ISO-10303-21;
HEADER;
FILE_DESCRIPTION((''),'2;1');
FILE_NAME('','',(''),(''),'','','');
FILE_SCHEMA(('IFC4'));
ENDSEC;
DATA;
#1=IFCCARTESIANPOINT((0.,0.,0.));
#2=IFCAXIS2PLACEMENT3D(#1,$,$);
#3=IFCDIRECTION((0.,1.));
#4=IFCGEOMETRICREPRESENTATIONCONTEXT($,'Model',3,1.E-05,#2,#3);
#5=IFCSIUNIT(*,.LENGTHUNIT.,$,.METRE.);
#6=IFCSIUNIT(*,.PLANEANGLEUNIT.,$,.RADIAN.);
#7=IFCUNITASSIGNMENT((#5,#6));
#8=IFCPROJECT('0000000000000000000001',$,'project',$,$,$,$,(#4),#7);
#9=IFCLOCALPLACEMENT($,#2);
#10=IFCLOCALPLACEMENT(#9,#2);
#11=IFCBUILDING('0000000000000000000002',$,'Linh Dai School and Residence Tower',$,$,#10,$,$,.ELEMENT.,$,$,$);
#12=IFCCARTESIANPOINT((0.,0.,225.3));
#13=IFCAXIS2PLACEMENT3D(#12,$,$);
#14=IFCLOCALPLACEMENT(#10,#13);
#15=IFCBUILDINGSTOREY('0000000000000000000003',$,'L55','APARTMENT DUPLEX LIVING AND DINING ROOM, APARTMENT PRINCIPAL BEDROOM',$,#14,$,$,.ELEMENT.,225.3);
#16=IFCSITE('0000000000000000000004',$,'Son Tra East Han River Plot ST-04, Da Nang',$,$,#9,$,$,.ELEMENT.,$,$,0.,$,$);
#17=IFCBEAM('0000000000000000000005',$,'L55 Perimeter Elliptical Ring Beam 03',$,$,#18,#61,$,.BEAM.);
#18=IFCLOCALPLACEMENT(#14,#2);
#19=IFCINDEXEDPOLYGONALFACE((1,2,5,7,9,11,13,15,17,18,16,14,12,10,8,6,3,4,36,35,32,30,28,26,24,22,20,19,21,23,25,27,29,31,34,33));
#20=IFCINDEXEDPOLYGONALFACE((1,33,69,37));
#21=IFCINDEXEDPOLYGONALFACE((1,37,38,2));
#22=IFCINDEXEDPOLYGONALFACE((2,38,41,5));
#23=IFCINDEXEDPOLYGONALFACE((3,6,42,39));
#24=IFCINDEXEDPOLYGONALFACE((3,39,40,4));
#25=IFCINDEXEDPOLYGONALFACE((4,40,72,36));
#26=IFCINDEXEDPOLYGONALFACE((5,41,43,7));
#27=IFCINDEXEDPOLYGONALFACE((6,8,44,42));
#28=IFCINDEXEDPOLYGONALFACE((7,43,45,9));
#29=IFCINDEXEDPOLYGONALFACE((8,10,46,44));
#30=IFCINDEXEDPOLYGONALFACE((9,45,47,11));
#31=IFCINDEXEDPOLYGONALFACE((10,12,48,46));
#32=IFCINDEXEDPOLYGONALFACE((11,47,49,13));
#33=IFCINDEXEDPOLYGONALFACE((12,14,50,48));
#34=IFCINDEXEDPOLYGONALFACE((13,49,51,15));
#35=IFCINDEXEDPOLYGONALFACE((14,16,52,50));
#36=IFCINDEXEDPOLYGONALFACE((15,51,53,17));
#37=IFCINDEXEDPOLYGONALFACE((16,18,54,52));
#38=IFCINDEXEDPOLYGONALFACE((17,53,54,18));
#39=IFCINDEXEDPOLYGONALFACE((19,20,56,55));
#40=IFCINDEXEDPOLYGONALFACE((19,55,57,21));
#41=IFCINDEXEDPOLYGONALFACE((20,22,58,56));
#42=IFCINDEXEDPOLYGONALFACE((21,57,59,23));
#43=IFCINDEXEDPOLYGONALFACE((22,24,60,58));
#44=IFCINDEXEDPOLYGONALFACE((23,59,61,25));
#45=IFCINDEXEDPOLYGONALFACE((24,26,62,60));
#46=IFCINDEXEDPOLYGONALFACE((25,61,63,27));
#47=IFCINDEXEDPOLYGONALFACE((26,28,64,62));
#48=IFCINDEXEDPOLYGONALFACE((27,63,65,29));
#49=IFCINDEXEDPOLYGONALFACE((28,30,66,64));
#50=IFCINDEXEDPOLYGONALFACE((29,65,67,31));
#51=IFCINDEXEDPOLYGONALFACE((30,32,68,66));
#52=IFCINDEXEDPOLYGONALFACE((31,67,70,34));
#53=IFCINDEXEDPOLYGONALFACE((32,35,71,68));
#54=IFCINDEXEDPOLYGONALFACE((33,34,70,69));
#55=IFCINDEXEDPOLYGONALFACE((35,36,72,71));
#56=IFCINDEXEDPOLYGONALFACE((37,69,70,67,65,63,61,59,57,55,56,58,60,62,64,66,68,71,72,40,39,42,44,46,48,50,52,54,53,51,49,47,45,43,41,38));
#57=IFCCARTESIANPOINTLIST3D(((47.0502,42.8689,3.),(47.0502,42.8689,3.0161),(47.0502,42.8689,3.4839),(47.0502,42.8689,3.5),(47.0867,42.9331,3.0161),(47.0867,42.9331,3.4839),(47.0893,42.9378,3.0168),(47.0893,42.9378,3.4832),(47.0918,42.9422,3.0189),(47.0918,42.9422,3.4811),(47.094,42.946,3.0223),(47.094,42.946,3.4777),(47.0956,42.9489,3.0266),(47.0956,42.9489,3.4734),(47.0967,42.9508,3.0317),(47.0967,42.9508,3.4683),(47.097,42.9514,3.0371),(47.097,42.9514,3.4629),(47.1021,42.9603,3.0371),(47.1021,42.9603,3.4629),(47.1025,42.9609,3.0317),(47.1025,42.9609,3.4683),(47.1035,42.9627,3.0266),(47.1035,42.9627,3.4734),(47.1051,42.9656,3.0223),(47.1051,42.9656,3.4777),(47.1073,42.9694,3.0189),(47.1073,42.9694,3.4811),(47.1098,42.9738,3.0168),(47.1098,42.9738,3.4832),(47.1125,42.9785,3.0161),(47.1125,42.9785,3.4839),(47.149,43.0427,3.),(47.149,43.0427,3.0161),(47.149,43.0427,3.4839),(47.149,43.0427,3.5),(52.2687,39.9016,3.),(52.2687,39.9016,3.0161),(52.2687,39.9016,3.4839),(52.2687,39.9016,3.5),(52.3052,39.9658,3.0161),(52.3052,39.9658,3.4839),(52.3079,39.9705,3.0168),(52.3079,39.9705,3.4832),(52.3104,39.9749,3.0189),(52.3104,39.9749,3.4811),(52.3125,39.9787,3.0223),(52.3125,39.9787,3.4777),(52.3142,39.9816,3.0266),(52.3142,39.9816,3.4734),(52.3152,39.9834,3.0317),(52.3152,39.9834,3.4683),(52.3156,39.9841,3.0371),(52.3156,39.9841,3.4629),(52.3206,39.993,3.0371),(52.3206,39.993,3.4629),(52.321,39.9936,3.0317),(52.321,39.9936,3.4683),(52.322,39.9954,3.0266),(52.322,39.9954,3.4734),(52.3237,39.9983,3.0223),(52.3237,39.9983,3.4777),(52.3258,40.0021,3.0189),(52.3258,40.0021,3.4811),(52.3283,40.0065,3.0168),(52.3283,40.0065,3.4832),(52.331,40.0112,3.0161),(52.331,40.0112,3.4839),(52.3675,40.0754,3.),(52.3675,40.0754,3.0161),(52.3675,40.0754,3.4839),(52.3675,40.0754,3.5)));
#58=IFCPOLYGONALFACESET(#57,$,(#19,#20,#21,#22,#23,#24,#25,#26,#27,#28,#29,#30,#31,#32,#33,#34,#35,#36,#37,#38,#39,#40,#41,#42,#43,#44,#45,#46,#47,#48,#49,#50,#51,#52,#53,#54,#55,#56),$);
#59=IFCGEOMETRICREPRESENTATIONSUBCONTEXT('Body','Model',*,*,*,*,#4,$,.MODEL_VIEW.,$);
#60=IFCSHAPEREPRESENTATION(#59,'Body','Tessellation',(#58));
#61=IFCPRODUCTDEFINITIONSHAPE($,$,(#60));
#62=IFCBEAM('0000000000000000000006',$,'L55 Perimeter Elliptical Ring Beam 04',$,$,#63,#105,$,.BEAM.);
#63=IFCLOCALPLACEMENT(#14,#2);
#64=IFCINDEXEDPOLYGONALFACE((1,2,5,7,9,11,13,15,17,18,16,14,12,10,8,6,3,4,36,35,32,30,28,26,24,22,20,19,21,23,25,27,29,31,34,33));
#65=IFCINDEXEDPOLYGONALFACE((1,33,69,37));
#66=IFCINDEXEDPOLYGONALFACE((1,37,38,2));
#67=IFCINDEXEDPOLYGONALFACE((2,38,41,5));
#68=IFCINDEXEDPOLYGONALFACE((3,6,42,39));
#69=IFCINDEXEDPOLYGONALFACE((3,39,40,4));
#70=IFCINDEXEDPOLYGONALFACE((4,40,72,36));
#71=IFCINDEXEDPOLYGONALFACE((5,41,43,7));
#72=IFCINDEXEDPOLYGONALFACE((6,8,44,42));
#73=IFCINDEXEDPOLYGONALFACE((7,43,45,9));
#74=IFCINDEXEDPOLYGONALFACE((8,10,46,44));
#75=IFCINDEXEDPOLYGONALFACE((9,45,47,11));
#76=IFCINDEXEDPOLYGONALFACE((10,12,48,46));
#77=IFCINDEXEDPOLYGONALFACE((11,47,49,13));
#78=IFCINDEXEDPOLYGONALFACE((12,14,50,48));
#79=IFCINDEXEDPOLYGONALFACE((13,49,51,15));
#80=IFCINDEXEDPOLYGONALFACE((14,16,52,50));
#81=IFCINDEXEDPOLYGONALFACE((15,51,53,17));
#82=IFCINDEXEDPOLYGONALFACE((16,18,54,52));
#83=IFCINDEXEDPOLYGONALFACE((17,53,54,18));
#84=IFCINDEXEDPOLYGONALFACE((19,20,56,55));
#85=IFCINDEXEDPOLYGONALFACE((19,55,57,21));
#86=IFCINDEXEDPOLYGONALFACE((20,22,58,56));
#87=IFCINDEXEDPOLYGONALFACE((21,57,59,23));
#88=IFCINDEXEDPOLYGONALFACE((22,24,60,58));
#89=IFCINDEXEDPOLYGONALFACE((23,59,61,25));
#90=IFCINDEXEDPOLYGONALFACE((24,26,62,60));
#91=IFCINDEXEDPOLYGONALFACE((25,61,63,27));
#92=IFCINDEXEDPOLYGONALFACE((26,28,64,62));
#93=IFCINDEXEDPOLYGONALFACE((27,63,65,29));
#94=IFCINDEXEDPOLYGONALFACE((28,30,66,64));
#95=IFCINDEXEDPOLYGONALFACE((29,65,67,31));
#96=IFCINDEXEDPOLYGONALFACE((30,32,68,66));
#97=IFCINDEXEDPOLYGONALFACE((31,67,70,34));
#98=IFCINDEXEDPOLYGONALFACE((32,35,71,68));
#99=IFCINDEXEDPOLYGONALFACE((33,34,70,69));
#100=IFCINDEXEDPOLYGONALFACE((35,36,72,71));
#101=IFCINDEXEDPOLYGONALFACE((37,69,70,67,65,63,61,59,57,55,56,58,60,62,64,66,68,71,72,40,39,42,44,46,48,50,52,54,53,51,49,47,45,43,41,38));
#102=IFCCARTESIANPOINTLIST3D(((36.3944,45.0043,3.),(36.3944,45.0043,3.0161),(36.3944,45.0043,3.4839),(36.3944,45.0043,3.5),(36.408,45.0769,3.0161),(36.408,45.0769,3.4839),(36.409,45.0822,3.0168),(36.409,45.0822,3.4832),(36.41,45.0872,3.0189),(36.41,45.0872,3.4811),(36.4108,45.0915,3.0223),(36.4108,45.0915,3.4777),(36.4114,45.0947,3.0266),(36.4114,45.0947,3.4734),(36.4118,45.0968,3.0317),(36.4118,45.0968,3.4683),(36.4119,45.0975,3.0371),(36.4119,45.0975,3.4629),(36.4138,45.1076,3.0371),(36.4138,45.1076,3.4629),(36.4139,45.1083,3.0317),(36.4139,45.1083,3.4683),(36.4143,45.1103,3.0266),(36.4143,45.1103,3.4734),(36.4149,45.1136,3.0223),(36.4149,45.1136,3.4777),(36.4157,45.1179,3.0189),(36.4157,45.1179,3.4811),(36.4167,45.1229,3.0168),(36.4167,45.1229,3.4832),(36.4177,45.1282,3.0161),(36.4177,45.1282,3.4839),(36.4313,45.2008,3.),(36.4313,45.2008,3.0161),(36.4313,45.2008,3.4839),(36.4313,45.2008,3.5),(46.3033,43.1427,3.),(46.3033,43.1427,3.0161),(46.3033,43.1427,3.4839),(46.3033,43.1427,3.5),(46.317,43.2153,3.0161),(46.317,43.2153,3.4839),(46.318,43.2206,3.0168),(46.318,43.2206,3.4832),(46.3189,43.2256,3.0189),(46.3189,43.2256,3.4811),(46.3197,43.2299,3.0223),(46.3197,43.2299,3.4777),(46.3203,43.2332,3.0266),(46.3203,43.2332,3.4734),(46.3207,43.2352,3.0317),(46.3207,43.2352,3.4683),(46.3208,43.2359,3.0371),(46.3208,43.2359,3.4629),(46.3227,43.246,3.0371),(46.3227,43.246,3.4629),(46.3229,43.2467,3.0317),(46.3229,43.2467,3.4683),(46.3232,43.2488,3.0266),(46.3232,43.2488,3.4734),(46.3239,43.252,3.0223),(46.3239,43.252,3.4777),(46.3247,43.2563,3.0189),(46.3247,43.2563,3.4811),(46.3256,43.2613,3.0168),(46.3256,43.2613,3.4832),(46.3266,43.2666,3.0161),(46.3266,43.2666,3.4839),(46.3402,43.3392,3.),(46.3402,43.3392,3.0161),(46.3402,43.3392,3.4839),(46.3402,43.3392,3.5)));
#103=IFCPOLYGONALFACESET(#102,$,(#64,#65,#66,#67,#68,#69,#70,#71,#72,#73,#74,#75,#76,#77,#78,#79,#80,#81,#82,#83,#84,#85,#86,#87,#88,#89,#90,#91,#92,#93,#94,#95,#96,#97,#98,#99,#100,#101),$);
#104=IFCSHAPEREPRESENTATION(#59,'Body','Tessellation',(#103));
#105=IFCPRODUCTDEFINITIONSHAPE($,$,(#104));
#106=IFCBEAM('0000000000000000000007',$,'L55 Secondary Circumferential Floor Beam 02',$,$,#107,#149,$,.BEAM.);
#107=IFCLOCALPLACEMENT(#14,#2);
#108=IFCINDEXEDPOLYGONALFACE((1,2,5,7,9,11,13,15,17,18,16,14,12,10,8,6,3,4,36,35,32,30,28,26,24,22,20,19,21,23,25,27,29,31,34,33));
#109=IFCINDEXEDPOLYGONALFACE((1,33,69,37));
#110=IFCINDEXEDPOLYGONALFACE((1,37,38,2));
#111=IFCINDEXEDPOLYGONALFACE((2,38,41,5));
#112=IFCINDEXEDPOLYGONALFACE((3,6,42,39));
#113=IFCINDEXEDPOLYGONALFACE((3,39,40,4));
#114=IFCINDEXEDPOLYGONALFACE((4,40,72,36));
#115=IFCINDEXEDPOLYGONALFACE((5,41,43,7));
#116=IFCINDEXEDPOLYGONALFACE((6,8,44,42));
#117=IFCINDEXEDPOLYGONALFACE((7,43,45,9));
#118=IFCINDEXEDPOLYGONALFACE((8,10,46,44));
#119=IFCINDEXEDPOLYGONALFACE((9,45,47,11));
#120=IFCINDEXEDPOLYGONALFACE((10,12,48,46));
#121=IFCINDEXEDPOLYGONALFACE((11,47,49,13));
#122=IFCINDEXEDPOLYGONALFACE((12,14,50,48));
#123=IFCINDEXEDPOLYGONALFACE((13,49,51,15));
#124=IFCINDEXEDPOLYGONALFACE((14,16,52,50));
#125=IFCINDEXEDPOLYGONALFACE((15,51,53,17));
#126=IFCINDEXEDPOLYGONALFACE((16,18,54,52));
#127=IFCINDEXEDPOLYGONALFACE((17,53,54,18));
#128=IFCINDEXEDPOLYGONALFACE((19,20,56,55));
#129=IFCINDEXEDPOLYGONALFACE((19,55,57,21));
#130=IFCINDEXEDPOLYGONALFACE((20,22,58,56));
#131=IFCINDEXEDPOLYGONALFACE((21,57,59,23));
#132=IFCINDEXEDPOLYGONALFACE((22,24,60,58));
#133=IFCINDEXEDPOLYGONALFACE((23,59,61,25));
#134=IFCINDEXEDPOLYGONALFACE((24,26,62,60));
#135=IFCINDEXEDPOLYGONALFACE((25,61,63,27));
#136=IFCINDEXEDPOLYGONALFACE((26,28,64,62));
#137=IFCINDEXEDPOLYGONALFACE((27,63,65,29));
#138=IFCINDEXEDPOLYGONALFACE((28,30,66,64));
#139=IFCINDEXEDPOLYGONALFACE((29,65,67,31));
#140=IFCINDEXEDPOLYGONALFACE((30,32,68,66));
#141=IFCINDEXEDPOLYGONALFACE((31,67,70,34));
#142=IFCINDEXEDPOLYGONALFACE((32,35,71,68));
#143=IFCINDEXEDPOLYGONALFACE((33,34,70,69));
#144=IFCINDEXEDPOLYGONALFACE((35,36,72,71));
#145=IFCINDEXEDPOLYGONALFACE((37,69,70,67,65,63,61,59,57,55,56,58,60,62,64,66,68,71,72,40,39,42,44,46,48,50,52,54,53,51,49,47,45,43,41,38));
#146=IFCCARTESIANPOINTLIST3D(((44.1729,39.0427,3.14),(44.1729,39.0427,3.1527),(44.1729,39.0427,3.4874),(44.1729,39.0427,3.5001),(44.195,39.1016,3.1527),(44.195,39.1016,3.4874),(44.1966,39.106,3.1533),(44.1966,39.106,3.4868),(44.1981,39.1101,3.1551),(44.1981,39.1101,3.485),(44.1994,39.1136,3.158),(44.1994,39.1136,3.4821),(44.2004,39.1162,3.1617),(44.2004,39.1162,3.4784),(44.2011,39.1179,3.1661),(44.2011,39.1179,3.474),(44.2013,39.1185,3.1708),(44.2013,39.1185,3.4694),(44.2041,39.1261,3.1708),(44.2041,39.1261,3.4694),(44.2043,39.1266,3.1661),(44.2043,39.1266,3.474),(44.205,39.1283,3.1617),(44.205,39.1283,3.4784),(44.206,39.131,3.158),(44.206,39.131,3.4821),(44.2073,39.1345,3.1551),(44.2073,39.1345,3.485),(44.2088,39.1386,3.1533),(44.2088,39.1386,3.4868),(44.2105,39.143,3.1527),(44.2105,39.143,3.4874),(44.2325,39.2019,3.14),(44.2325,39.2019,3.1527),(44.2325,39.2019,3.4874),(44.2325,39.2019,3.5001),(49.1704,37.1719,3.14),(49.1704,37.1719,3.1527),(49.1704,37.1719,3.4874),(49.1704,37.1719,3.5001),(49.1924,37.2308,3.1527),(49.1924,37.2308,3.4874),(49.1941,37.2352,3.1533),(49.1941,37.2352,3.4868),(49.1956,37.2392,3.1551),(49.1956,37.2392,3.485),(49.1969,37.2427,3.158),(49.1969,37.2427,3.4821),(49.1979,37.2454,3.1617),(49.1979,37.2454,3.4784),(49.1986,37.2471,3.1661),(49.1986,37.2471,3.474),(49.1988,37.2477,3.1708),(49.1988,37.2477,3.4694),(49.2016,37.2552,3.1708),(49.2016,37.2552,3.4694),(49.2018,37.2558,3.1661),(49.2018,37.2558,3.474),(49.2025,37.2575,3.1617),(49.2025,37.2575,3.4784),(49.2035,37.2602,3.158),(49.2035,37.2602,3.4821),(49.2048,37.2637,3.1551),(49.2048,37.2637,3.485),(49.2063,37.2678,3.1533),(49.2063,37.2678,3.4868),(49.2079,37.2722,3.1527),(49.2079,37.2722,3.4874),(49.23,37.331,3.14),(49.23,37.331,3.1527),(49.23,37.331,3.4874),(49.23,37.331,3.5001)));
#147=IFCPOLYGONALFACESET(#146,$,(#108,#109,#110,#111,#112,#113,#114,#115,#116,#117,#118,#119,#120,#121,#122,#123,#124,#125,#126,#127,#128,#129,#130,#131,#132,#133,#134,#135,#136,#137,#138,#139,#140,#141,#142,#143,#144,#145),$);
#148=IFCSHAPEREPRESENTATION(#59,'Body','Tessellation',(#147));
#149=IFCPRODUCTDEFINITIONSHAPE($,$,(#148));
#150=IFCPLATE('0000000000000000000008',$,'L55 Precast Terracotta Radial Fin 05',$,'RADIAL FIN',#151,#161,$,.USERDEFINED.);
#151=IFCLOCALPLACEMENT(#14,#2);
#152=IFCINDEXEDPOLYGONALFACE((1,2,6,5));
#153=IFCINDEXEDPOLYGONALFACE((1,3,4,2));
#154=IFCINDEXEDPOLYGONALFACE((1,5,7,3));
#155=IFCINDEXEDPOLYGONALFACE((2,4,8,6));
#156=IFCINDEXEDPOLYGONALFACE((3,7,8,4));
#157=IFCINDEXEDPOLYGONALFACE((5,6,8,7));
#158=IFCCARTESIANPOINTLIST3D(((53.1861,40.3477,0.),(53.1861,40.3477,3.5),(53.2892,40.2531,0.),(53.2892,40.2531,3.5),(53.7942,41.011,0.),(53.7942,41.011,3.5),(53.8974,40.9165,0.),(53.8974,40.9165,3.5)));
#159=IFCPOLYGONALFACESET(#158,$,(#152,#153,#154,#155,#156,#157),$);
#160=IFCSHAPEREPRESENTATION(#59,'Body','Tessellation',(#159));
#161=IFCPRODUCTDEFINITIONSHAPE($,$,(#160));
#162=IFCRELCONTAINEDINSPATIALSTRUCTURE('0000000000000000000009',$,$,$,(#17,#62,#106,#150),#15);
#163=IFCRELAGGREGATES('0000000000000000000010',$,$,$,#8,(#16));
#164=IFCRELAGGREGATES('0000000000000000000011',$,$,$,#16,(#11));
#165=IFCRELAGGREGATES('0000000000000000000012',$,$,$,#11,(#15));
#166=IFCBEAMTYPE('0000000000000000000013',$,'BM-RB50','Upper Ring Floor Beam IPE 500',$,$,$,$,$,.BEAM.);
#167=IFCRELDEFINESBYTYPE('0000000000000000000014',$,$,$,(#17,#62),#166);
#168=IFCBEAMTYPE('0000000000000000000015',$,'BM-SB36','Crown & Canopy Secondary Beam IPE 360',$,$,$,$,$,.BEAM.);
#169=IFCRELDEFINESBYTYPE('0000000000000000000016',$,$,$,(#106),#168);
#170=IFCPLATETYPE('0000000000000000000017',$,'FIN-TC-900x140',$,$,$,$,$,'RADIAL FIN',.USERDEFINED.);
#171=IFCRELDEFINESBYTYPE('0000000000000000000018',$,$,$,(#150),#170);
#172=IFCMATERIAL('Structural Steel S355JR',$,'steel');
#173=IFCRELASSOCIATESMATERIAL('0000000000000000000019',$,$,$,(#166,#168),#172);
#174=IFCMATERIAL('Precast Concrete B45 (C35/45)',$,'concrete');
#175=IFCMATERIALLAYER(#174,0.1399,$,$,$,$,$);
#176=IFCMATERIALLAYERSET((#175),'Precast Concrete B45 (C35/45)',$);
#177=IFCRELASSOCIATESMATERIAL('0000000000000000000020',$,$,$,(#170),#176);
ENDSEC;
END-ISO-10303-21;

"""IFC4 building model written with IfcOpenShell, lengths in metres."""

from ifc_helpers import new_model, si_unit, direction, frame, origin, origin_2d, place, context, subcontext, project, spatial, rectangle, i_section, extrude, source, transform, mapped, material, layer, layer_set, material_profile, profile_set, type_object, element, save


model = new_model("IFC4")

# Units and contexts
model_context = context("Model", 3, precision=1e-05, world=origin(), true_north=direction((0.0, 1.0)))
body_context = subcontext(model_context, "Body", "Model", "MODEL_VIEW")
ifc_project = project(units=[si_unit("LENGTHUNIT", "METRE"), si_unit("PLANEANGLEUNIT", "RADIAN")], contexts=[model_context])

# Site, building, storey
site_placement = place(None, origin())
site = spatial("IfcSite", under=ifc_project, at=site_placement, Name="Son Tra East Han River Plot ST-04, Da Nang", CompositionType="ELEMENT", RefElevation=0.0)
building_placement = place(site_placement, origin())
building = spatial("IfcBuilding", under=site, at=building_placement, Name="Linh Dai School and Residence Tower", CompositionType="ELEMENT")
storey_placement = place(building_placement, frame((0.0, 0.0, 225.3)))
storey = spatial("IfcBuildingStorey", under=building, at=storey_placement, Name="L55", Description="APARTMENT DUPLEX LIVING AND DINING ROOM, APARTMENT PRINCIPAL BEDROOM", CompositionType="ELEMENT", Elevation=225.3)

# Shared definitions
ifc_material_1 = material(Name="Structural Steel S355JR", Category="steel")

# Beams
ifc_material_profile_1 = material_profile(ifc_material_1, i_section(OverallWidth=0.2, OverallDepth=0.5, WebThickness=0.0103, FlangeThickness=0.0161, FilletRadius=0.021, at=origin_2d()), Name="IPE 500")
ifc_profile_set_1 = profile_set([ifc_material_profile_1], Name="Structural Steel S355JR")
beam_type_1 = type_object("IfcBeamType", Name="BM-RB50", Description="Upper Ring Floor Beam IPE 500", PredefinedType="BEAM", material=ifc_profile_set_1)
beam_1_placement = place(storey_placement, frame((52.3181, 39.9885, 3.25), z_axis=(-0.869297, 0.49429, 0.0), x_axis=(-0.49429, -0.869297, 0.0)))
element("IfcBeam", 1, at=beam_1_placement, inside=storey, type_object=beam_type_1, Name="L55 Perimeter Elliptical Ring Beam 03", PredefinedType="BEAM", context=body_context, shape_type="SweptSolid", body=[
    extrude(i_section(OverallWidth=0.2, OverallDepth=0.5, WebThickness=0.0103, FlangeThickness=0.0161, FilletRadius=0.021, at=origin_2d()), origin(), (0.0, 0.0, 1.0), 6.0032),
])
beam_2_placement = place(storey_placement, frame((46.3218, 43.241, 3.25), z_axis=(-0.982807, 0.184638, 0.0), x_axis=(-0.184638, -0.982807, 0.0)))
element("IfcBeam", 2, at=beam_2_placement, inside=storey, type_object=beam_type_1, Name="L55 Perimeter Elliptical Ring Beam 04", PredefinedType="BEAM", context=body_context, shape_type="SweptSolid", body=[
    extrude(i_section(OverallWidth=0.2, OverallDepth=0.5, WebThickness=0.0103, FlangeThickness=0.0161, FilletRadius=0.021, at=origin_2d()), origin(), (0.0, 0.0, 1.0), 10.0823),
])
ifc_material_profile_2 = material_profile(ifc_material_1, i_section(OverallWidth=0.1699, OverallDepth=0.3601, WebThickness=0.0081, FlangeThickness=0.0127, FilletRadius=0.0181, at=origin_2d()), Name="IPE 360")
ifc_profile_set_2 = profile_set([ifc_material_profile_2], Name="Structural Steel S355JR")
beam_type_2 = type_object("IfcBeamType", Name="BM-SB36", Description="Crown & Canopy Secondary Beam IPE 360", PredefinedType="BEAM", material=ifc_profile_set_2)
beam_3_placement = place(storey_placement, frame((49.2002, 37.2515, 3.3201), z_axis=(-0.936528, 0.350592, 0.0), x_axis=(-0.350592, -0.936528, 0.0)))
element("IfcBeam", 3, at=beam_3_placement, inside=storey, type_object=beam_type_2, Name="L55 Secondary Circumferential Floor Beam 02", PredefinedType="BEAM", context=body_context, shape_type="SweptSolid", body=[
    extrude(i_section(OverallWidth=0.1699, OverallDepth=0.3601, WebThickness=0.0081, FlangeThickness=0.0127, FilletRadius=0.0181, at=origin_2d()), origin(), (0.0, 0.0, 1.0), 5.3362),
])

# Plate
ifc_material_2 = material(Name="Precast Concrete B45 (C35/45)", Category="concrete")
ifc_layer_1 = layer(ifc_material_2, 0.1399)
ifc_layer_set_1 = layer_set([ifc_layer_1], Name="Precast Concrete B45 (C35/45)")
plate_type = type_object("IfcPlateType", Name="FIN-TC-900x140", ElementType="RADIAL FIN", PredefinedType="USERDEFINED", material=ifc_layer_set_1)
shared_shape_1 = source(origin(), body_context, "Body", "SweptSolid", [
    extrude(rectangle(XDim=0.8999, YDim=0.1399, at=origin_2d()), origin(), (0.0, 0.0, 1.0), 3.5),
])
plate_placement = place(storey_placement, frame((53.5417, 40.6321, 0.0), z_axis=(0.0, 0.0, 1.0), x_axis=(0.675758, 0.737124, 0.0)))
element("IfcPlate", 4, at=plate_placement, inside=storey, type_object=plate_type, Name="L55 Precast Terracotta Radial Fin 05", ObjectType="RADIAL FIN", PredefinedType="USERDEFINED", context=body_context, shape_type="MappedRepresentation", body=[
    mapped(shared_shape_1, transform((0.0, 0.0, 0.0), x_axis=(1.0, 0.0, 0.0), y_axis=(0.0, 1.0, 0.0), z_axis=(0.0, 0.0, 1.0), scale=1.0)),
])

save(model, "model.ifc")
